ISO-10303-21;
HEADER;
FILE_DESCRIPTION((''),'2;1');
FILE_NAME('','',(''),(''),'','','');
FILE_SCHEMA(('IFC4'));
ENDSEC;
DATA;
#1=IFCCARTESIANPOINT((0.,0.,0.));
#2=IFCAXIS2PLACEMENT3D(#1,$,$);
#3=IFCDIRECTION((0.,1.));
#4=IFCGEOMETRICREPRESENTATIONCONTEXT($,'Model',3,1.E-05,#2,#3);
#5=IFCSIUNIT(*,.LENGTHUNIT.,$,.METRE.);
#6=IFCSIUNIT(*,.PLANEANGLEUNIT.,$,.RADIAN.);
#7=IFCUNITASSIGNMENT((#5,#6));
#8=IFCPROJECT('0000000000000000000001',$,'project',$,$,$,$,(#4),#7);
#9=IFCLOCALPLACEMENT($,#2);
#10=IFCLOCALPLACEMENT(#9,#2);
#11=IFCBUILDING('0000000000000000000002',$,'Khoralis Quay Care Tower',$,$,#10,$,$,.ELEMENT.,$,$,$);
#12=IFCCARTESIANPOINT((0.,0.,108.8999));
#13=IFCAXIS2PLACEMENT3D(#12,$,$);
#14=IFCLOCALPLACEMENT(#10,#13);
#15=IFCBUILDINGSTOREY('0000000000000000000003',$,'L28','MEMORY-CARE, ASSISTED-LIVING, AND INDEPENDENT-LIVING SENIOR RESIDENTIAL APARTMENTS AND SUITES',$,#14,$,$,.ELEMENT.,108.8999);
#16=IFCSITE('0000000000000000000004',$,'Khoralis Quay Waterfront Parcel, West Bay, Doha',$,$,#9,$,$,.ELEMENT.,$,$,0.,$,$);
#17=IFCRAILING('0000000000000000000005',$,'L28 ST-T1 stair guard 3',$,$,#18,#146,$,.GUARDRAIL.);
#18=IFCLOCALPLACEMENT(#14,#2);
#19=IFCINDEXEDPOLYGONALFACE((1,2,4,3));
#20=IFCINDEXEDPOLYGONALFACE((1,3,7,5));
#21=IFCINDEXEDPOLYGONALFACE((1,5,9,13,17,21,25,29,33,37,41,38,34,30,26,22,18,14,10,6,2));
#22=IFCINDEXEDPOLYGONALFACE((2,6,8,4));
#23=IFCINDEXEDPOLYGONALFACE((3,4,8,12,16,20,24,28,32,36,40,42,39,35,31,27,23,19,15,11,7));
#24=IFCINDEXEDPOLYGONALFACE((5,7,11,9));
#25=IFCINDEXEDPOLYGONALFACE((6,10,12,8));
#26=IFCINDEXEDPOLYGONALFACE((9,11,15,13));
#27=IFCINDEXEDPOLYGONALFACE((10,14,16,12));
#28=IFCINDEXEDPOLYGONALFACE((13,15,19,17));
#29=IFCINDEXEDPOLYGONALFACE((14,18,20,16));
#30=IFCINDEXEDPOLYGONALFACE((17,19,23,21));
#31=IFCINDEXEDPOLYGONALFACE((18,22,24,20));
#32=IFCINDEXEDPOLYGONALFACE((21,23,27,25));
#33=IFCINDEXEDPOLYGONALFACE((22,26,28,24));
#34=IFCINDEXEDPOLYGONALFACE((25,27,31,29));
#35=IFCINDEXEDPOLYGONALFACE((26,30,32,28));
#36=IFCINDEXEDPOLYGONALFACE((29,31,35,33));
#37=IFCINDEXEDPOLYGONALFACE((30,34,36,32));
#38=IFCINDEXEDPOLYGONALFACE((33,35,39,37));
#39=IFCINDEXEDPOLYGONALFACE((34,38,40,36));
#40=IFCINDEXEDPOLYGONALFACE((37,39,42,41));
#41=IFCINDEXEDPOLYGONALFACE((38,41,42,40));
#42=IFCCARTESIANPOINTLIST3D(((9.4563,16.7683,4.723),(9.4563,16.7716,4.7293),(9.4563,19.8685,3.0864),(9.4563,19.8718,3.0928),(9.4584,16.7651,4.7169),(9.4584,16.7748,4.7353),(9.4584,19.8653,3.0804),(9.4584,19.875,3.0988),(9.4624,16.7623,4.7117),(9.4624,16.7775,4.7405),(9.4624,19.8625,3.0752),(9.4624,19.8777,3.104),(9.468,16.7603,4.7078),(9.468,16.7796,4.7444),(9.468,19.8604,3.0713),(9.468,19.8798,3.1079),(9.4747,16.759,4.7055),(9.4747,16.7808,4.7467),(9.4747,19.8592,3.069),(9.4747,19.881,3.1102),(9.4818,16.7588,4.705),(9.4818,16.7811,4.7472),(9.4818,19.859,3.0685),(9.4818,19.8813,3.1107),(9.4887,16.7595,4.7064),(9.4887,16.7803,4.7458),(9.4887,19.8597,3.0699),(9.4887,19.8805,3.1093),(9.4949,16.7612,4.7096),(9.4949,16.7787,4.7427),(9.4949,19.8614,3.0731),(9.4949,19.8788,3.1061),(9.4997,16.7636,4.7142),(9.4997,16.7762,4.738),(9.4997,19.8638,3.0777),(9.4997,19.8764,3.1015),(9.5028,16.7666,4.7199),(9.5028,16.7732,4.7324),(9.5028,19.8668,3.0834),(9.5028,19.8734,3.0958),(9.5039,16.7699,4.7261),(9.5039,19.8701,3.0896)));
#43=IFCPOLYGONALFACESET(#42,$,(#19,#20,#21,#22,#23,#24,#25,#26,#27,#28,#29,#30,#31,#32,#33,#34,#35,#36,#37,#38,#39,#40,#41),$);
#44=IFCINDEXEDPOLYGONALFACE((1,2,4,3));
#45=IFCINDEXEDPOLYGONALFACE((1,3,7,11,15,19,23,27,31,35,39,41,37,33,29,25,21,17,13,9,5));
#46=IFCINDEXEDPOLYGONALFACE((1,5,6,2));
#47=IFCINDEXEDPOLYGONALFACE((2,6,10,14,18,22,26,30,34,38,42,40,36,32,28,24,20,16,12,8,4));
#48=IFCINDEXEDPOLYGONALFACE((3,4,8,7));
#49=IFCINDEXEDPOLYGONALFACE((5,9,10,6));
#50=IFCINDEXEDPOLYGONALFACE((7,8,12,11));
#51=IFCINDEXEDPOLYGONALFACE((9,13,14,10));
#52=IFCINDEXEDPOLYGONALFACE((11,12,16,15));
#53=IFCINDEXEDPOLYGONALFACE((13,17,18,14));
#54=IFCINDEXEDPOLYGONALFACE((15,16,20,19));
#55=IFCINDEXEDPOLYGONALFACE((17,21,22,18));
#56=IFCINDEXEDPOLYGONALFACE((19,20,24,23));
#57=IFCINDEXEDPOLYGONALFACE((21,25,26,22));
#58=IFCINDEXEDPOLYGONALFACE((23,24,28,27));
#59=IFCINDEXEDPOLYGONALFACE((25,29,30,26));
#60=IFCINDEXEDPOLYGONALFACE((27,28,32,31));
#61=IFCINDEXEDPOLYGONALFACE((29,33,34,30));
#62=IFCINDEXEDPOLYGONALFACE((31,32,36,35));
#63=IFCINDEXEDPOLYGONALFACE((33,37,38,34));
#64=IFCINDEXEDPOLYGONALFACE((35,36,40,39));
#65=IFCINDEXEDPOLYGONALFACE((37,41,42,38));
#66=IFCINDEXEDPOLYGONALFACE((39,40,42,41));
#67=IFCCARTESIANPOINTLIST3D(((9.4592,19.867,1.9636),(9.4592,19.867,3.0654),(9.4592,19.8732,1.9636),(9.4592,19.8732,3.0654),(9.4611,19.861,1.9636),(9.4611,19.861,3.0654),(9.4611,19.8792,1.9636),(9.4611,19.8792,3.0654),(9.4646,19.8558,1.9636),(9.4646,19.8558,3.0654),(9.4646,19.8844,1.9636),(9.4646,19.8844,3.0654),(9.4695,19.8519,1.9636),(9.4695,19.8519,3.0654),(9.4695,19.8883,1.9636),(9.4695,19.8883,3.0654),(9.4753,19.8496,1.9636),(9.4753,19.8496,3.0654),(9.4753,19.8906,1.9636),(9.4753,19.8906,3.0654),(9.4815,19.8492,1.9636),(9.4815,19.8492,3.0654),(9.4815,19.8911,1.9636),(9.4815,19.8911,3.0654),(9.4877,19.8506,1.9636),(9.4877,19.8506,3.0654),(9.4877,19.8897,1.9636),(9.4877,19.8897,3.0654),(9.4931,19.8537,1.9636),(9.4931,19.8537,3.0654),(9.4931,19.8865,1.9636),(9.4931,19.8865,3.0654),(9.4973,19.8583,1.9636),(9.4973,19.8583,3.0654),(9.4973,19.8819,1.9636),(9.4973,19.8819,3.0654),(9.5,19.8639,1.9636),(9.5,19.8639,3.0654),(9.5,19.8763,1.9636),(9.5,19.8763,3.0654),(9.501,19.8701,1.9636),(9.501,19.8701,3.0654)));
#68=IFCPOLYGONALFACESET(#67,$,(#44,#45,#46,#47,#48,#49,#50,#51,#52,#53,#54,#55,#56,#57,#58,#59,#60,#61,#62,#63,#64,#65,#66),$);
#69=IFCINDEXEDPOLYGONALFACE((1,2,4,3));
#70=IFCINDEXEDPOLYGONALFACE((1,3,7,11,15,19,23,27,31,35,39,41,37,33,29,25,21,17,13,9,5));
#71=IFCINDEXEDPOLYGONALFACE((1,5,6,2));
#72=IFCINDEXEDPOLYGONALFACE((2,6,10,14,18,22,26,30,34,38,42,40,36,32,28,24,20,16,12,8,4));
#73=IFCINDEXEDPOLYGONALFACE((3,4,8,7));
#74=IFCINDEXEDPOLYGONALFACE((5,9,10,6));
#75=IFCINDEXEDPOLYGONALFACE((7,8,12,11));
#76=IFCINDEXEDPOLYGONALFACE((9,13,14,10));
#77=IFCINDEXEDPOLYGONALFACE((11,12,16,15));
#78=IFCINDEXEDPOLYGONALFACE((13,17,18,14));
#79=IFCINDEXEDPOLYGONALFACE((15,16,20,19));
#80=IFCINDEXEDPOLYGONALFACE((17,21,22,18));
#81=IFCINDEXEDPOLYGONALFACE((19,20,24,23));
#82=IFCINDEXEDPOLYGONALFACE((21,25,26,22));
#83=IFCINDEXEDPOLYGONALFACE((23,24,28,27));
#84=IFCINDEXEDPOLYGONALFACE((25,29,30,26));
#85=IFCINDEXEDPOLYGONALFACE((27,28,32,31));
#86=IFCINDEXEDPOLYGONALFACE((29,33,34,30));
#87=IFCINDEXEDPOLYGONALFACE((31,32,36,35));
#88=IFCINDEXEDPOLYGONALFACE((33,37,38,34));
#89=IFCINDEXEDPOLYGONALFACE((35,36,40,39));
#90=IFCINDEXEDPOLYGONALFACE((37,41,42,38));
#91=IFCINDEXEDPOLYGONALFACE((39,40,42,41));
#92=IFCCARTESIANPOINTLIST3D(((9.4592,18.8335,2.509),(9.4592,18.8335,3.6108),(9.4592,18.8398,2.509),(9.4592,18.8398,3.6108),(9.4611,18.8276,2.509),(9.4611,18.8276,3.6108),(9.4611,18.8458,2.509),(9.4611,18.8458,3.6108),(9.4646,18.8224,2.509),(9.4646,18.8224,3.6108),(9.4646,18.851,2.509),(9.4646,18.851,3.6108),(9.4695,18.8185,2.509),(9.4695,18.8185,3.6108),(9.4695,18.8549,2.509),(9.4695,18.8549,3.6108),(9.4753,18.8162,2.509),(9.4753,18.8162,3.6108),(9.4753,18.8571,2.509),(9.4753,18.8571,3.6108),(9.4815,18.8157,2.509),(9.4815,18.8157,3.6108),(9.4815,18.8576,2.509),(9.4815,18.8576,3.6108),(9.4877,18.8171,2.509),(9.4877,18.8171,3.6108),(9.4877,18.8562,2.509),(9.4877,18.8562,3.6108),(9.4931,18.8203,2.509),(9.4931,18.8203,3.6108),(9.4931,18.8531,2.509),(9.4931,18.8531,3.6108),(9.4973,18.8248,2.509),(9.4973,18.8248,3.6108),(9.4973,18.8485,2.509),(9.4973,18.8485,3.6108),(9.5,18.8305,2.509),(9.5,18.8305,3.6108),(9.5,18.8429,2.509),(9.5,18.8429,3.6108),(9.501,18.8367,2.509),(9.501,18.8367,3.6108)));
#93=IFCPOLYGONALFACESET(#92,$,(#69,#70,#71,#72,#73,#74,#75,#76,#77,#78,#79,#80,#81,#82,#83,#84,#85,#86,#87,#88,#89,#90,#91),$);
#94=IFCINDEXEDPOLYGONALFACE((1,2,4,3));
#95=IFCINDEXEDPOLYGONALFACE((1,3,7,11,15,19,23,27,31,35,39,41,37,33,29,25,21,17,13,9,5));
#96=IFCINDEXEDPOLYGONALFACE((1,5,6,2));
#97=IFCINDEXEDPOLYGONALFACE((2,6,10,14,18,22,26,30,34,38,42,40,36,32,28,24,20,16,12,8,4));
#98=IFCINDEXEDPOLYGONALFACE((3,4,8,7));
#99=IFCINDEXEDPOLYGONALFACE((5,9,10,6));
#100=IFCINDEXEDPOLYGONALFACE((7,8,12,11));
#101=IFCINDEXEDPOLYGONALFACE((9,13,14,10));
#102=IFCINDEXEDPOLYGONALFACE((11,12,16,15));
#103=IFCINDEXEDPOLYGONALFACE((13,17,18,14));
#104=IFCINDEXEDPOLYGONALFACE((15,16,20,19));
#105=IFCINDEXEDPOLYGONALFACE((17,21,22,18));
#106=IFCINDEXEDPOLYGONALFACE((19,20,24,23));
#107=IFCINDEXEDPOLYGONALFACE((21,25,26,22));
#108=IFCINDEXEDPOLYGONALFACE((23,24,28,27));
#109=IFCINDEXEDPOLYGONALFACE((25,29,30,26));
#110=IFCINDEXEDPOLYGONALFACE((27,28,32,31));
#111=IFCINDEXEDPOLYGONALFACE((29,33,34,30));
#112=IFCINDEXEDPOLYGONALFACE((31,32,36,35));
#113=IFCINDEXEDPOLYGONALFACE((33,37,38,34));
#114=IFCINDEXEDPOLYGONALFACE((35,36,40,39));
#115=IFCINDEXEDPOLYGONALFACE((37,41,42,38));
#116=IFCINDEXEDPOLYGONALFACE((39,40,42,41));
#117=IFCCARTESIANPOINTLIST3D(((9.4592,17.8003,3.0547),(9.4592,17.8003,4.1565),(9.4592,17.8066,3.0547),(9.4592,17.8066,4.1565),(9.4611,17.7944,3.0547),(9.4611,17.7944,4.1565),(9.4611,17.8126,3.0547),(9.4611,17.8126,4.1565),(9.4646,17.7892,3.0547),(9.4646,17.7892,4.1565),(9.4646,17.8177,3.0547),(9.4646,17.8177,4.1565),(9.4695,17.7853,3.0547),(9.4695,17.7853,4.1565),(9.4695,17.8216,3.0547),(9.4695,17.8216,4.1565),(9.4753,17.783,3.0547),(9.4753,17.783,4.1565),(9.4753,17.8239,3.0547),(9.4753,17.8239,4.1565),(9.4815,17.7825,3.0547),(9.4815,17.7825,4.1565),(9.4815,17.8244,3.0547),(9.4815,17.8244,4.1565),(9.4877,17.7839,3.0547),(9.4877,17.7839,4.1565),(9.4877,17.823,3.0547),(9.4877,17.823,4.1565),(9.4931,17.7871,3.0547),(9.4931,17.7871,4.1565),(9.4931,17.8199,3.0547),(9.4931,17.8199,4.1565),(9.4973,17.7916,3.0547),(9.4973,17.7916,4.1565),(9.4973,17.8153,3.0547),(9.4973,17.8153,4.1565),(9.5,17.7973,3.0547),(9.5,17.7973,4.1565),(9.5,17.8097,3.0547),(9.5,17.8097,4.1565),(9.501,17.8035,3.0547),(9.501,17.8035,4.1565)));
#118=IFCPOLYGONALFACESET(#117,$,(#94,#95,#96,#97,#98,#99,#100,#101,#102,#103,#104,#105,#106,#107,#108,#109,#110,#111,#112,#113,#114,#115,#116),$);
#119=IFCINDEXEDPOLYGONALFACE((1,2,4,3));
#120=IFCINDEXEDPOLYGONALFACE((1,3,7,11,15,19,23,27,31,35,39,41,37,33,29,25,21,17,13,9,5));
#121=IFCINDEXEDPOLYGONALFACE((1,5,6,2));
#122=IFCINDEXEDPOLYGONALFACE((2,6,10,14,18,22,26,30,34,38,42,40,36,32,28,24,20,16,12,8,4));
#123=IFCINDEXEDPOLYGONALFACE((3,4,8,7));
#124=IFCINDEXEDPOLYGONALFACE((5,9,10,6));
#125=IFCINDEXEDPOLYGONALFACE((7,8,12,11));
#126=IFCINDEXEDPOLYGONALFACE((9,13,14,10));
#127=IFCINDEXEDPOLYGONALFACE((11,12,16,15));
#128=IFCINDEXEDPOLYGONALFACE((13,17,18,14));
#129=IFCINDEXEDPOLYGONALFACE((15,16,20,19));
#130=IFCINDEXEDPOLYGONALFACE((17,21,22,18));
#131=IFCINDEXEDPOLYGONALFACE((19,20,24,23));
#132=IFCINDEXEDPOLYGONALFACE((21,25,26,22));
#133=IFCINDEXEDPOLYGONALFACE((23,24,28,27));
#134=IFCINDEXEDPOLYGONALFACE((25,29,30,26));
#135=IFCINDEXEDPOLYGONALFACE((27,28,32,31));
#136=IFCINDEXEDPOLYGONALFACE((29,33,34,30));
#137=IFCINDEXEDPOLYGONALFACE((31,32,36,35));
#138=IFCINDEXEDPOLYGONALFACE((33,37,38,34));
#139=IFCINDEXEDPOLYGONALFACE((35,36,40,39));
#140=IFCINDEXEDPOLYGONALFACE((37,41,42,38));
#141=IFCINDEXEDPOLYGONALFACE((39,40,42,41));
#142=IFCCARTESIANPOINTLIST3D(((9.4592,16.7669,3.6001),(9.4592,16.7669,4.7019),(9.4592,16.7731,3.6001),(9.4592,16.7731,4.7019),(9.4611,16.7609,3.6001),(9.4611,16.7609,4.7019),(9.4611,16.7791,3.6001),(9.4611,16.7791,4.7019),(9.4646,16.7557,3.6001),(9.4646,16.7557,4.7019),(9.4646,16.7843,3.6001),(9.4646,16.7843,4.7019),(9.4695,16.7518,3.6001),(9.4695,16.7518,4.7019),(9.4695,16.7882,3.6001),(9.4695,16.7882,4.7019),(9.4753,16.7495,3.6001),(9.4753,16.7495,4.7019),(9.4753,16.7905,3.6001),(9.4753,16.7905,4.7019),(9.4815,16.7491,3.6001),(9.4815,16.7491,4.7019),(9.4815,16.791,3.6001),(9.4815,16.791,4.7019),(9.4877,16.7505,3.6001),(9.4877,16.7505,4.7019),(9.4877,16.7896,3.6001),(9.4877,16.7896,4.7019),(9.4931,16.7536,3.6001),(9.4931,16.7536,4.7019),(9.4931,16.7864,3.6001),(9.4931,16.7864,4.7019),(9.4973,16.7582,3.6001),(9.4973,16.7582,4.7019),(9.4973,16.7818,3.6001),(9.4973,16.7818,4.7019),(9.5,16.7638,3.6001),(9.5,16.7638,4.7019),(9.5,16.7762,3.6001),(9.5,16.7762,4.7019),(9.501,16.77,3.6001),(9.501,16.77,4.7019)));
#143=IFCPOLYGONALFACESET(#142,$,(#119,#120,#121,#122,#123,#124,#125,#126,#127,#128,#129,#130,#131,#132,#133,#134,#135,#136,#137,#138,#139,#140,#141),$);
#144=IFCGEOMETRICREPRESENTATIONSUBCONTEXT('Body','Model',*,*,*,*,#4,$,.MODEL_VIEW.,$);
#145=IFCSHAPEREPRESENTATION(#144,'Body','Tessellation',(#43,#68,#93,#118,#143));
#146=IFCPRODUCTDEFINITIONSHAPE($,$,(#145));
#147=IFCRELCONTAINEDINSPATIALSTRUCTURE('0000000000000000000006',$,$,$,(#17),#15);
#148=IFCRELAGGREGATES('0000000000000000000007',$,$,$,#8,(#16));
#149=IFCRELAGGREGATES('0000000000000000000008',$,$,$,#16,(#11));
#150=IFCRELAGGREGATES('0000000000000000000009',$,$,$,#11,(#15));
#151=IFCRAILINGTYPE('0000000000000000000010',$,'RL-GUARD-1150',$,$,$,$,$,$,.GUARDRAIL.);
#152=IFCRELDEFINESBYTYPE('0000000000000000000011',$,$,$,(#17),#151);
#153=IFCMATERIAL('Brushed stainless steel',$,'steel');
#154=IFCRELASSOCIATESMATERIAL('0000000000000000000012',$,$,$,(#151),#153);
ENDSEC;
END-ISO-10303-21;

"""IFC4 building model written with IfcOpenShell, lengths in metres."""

from ifc_helpers import new_model, si_unit, direction, frame, origin, origin_2d, place, context, subcontext, project, spatial, circle, extrude, material, type_object, element, save


model = new_model("IFC4")

# Units and contexts
model_context = context("Model", 3, precision=1e-05, world=origin(), true_north=direction((0.0, 1.0)))
body_context = subcontext(model_context, "Body", "Model", "MODEL_VIEW")
ifc_project = project(units=[si_unit("LENGTHUNIT", "METRE"), si_unit("PLANEANGLEUNIT", "RADIAN")], contexts=[model_context])

# Site, building, storey
site_placement = place(None, origin())
site = spatial("IfcSite", under=ifc_project, at=site_placement, Name="Khoralis Quay Waterfront Parcel, West Bay, Doha", CompositionType="ELEMENT", RefElevation=0.0)
building_placement = place(site_placement, origin())
building = spatial("IfcBuilding", under=site, at=building_placement, Name="Khoralis Quay Care Tower", CompositionType="ELEMENT")
storey_placement = place(building_placement, frame((0.0, 0.0, 108.8999)))
storey = spatial("IfcBuildingStorey", under=building, at=storey_placement, Name="L28", Description="MEMORY-CARE, ASSISTED-LIVING, AND INDEPENDENT-LIVING SENIOR RESIDENTIAL APARTMENTS AND SUITES", CompositionType="ELEMENT", Elevation=108.8999)

# Shared definitions
ifc_material_1 = material(Name="Brushed stainless steel", Category="steel")

# Railing
railing_type_1 = type_object("IfcRailingType", Name="RL-GUARD-1150", PredefinedType="GUARDRAIL", material=ifc_material_1)
railing_1_placement = place(storey_placement, frame((9.48, 19.8701, 1.9636)))
element("IfcRailing", 1, at=railing_1_placement, inside=storey, type_object=railing_type_1, Name="L28 ST-T1 stair guard 3", PredefinedType="GUARDRAIL", context=body_context, shape_type="SweptSolid", body=[
    extrude(circle(Radius=0.0239, at=origin_2d()), frame((0.0, 0.0, 1.126), z_axis=(0.0, -0.884348, 0.466828), x_axis=(1.0, 0.0, 0.0)), (0.0, 0.0, 1.0), 3.5056),
    extrude(circle(Radius=0.021, at=origin_2d()), origin(), (0.0, 0.0, 1.0), 1.1018),
    extrude(circle(Radius=0.021, at=origin_2d()), frame((0.0, -1.0334, 0.5454)), (0.0, 0.0, 1.0), 1.1018),
    extrude(circle(Radius=0.021, at=origin_2d()), frame((0.0, -2.0667, 1.0911)), (0.0, 0.0, 1.0), 1.1018),
    extrude(circle(Radius=0.021, at=origin_2d()), frame((0.0, -3.1001, 1.6365)), (0.0, 0.0, 1.0), 1.1018),
])

save(model, "model.ifc")
